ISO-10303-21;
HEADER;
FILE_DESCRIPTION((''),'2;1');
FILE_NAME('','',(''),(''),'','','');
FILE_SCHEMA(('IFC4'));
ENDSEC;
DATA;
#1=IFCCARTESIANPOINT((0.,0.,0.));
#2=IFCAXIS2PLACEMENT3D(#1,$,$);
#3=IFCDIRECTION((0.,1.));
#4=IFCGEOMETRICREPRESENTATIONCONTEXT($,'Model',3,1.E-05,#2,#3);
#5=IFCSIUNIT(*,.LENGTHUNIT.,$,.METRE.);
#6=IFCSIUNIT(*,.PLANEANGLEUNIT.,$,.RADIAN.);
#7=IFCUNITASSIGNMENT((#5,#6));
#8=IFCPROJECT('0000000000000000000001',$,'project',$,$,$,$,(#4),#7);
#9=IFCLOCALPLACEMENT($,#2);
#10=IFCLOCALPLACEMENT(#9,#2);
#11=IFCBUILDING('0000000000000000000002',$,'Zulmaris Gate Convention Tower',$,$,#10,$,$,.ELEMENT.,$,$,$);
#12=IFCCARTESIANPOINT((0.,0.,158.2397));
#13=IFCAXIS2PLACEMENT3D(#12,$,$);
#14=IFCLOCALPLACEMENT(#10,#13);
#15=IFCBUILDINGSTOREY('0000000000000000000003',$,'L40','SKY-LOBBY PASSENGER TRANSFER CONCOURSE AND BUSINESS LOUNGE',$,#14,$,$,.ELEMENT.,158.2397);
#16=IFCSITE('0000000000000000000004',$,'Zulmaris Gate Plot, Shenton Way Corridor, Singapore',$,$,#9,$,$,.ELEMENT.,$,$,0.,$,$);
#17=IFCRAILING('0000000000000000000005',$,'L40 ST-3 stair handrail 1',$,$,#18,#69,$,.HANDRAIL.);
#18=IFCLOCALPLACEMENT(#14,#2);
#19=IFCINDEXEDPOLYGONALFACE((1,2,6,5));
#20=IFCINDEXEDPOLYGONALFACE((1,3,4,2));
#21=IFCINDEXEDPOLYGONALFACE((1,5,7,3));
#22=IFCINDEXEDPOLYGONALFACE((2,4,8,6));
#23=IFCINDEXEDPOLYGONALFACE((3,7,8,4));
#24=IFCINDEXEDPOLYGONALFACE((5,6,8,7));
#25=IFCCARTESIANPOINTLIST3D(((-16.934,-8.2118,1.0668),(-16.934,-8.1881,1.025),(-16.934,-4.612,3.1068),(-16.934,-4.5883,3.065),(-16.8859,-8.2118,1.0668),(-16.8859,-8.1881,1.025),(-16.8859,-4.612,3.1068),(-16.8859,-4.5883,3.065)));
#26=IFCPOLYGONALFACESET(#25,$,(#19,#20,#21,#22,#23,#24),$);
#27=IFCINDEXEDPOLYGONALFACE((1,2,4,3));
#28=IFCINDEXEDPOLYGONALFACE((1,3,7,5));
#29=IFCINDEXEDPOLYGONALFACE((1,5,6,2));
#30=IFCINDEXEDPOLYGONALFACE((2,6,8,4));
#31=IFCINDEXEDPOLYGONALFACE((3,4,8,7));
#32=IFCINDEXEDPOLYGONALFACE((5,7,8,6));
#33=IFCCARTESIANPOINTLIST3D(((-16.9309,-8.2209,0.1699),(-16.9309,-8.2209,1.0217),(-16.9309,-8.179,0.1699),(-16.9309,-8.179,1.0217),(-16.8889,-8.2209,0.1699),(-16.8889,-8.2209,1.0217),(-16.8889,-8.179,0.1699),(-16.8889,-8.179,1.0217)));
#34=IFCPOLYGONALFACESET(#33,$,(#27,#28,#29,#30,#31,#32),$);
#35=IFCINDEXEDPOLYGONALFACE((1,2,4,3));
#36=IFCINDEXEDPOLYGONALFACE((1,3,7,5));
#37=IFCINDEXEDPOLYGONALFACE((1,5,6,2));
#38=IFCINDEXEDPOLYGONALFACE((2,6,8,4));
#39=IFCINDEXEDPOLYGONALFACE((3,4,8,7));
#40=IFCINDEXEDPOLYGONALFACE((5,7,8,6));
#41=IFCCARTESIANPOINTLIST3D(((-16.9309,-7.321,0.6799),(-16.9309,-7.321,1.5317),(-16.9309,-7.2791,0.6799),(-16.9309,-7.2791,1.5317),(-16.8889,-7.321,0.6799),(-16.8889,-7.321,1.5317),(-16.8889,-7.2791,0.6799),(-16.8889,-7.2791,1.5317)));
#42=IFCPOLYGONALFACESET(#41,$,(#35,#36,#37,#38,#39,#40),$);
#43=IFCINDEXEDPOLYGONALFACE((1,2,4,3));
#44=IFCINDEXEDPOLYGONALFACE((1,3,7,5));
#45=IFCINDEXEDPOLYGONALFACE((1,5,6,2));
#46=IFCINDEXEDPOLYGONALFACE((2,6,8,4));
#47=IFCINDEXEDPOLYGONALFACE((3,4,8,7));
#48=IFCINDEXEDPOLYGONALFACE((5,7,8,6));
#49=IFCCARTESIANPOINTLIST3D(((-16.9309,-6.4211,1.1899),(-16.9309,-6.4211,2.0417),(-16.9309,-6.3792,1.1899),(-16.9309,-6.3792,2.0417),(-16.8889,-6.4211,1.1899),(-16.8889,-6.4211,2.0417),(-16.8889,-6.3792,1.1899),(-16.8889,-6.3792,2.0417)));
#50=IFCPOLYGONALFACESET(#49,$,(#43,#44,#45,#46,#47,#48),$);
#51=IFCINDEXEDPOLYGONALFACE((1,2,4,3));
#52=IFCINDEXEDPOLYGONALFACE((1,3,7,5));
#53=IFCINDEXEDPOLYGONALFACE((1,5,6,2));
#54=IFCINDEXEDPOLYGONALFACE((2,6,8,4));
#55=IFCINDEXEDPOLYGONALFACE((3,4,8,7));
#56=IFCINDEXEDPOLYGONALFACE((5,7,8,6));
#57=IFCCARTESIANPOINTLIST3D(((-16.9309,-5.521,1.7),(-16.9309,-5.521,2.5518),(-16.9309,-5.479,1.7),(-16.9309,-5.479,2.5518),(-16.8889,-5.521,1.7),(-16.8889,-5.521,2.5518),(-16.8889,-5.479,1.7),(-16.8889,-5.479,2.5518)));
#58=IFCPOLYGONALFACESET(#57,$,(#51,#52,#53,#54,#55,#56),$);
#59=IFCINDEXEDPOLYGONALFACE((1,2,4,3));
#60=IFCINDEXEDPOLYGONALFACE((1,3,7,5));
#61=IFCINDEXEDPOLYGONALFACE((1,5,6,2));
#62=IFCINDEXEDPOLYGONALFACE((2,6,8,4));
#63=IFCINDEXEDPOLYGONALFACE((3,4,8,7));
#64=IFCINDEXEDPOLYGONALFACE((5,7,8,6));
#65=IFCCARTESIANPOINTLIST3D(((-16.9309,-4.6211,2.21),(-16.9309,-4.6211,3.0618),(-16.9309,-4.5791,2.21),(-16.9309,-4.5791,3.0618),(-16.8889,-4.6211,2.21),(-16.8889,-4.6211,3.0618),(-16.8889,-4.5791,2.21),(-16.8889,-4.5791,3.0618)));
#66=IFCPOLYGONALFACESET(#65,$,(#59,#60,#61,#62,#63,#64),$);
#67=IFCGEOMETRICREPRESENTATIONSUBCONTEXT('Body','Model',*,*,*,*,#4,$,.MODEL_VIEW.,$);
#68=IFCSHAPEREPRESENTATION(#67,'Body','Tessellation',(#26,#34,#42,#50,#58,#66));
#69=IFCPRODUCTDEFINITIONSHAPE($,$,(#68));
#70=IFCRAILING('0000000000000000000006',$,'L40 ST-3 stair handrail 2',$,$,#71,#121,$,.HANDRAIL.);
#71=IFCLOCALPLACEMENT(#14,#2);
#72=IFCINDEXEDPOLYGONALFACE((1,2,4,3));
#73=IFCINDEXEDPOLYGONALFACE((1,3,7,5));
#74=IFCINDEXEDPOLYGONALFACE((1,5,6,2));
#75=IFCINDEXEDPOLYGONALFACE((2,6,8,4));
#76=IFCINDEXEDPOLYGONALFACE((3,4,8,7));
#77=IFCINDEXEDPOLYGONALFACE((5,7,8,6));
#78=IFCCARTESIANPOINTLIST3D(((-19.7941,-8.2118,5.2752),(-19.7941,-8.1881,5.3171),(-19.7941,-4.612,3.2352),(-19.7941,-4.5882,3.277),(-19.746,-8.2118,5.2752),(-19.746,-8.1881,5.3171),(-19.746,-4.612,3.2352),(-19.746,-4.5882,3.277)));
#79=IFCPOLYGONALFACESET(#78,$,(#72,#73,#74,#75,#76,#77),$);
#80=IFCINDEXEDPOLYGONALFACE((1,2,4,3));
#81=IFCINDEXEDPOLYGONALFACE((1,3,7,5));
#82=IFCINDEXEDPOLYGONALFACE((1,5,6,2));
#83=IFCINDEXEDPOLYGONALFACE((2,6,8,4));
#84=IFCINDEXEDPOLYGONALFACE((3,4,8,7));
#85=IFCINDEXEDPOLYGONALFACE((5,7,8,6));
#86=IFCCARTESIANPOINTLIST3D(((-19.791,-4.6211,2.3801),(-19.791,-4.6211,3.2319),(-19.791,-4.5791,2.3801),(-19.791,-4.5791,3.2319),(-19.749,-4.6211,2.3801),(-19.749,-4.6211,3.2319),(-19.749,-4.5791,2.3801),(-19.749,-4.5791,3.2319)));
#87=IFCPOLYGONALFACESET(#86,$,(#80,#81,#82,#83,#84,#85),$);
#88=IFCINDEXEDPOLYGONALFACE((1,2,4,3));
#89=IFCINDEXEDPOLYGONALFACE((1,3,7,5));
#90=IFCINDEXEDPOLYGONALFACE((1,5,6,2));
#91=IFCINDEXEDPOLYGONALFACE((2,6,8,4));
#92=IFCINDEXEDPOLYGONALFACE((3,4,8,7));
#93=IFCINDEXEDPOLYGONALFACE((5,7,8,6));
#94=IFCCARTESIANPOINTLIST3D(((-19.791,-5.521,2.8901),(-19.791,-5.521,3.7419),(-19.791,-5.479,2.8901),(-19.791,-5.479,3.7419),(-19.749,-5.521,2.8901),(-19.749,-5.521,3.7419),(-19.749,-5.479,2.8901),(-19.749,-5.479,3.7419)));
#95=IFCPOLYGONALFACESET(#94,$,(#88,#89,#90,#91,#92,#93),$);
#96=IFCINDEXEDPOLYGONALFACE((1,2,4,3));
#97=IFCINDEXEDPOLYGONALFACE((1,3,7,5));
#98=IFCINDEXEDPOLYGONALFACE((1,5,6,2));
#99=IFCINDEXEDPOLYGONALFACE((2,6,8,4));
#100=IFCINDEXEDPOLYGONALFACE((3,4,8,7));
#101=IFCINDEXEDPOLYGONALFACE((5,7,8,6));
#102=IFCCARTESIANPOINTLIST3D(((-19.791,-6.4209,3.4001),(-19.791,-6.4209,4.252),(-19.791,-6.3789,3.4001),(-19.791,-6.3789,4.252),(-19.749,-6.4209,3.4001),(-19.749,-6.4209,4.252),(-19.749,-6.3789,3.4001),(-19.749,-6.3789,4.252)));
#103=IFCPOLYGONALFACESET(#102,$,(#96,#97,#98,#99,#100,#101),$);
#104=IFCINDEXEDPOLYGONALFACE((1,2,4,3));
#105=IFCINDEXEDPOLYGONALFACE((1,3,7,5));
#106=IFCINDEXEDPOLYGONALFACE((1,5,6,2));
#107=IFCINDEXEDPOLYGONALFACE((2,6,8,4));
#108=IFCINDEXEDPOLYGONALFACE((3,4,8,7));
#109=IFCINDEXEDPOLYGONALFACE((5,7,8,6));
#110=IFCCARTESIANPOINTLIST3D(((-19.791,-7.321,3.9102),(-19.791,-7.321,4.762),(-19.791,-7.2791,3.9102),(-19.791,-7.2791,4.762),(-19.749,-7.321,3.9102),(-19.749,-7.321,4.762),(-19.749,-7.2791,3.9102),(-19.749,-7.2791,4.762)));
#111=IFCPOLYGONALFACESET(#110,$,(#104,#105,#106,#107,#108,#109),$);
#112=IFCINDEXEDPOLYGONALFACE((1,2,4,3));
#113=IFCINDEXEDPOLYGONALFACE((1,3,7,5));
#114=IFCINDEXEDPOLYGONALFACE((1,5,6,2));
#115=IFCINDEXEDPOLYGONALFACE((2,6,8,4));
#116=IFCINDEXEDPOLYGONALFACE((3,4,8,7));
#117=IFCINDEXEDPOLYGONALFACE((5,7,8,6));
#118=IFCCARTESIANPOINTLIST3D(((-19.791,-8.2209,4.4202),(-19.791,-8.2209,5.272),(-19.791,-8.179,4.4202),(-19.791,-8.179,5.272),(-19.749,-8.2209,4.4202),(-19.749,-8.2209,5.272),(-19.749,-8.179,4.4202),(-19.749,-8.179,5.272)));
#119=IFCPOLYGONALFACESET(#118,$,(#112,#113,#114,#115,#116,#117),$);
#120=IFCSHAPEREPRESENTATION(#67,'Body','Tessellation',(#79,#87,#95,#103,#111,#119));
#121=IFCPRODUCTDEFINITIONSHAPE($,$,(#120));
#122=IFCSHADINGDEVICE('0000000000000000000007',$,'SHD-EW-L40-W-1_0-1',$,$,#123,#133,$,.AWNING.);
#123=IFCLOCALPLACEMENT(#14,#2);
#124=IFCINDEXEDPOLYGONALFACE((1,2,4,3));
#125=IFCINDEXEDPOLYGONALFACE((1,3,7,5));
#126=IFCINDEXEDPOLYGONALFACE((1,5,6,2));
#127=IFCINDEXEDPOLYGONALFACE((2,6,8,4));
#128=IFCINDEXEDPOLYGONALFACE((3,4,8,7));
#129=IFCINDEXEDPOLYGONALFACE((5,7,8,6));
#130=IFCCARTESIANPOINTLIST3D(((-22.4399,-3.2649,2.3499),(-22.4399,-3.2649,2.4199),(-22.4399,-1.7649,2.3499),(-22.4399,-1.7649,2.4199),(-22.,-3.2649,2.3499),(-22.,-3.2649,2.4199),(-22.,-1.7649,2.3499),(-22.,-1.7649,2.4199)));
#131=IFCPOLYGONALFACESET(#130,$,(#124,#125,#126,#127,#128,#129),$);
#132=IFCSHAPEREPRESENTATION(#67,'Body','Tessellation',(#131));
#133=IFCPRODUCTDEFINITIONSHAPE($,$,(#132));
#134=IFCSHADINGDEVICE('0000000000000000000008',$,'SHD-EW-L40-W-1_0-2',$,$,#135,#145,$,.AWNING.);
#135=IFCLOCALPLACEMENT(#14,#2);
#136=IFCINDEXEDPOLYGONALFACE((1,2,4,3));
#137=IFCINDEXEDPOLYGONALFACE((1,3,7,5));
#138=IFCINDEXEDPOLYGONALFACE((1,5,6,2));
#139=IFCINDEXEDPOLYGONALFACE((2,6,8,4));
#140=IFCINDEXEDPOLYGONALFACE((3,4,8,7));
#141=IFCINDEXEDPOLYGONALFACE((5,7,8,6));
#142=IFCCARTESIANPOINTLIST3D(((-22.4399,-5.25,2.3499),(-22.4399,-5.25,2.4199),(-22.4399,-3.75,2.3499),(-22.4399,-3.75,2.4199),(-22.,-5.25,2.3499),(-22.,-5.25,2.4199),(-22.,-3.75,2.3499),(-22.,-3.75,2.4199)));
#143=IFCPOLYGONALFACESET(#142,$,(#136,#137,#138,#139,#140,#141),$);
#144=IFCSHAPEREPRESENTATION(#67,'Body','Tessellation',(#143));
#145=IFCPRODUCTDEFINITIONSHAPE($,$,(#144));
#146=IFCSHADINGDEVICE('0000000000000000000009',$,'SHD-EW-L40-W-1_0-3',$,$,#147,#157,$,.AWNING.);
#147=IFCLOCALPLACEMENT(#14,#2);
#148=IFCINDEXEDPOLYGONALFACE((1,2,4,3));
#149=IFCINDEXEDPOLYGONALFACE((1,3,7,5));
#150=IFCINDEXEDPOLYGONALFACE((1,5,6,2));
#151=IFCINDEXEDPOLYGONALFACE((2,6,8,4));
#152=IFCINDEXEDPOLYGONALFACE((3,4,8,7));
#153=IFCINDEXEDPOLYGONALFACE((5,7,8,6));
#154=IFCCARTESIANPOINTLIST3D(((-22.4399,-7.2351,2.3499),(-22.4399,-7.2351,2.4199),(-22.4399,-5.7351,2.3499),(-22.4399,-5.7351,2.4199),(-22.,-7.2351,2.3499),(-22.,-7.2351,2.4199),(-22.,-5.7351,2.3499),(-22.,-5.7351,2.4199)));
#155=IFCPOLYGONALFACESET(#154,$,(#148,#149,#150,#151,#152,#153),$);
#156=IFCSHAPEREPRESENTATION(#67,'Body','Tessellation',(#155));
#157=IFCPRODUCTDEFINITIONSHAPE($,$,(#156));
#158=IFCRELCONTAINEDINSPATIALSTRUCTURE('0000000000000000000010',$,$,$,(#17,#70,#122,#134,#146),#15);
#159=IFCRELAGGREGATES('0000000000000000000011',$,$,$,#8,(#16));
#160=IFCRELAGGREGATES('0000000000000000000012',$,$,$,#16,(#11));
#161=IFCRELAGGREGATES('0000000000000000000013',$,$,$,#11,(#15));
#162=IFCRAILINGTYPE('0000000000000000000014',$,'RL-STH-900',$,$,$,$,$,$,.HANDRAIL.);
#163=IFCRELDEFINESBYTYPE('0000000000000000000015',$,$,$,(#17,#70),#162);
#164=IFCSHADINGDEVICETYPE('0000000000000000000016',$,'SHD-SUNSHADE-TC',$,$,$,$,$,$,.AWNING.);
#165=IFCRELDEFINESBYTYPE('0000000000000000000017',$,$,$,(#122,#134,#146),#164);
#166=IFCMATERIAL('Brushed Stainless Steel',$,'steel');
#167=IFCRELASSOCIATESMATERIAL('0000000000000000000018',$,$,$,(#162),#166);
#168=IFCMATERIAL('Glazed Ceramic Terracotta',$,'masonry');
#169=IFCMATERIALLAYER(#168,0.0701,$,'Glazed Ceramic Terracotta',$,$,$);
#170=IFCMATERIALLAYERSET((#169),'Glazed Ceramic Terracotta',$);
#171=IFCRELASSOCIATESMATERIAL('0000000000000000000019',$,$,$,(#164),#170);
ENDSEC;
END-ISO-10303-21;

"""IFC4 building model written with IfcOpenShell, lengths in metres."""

from ifc_helpers import new_model, si_unit, direction, frame, frame_2d, origin, origin_2d, place, context, subcontext, project, spatial, rectangle, extrude, material, layer, layer_set, type_object, element, save


model = new_model("IFC4")

# Units and contexts
model_context = context("Model", 3, precision=1e-05, world=origin(), true_north=direction((0.0, 1.0)))
body_context = subcontext(model_context, "Body", "Model", "MODEL_VIEW")
ifc_project = project(units=[si_unit("LENGTHUNIT", "METRE"), si_unit("PLANEANGLEUNIT", "RADIAN")], contexts=[model_context])

# Site, building, storey
site_placement = place(None, origin())
site = spatial("IfcSite", under=ifc_project, at=site_placement, Name="Zulmaris Gate Plot, Shenton Way Corridor, Singapore", CompositionType="ELEMENT", RefElevation=0.0)
building_placement = place(site_placement, origin())
building = spatial("IfcBuilding", under=site, at=building_placement, Name="Zulmaris Gate Convention Tower", CompositionType="ELEMENT")
storey_placement = place(building_placement, frame((0.0, 0.0, 158.2397)))
storey = spatial("IfcBuildingStorey", under=building, at=storey_placement, Name="L40", Description="SKY-LOBBY PASSENGER TRANSFER CONCOURSE AND BUSINESS LOUNGE", CompositionType="ELEMENT", Elevation=158.2397)

# Shared definitions
ifc_material_1 = material(Name="Brushed Stainless Steel", Category="steel")

# Railings
railing_type_1 = type_object("IfcRailingType", Name="RL-STH-900", PredefinedType="HANDRAIL", material=ifc_material_1)
railing_1_placement = place(storey_placement, frame((-16.9099, -8.2, 0.1699)))
element("IfcRailing", 1, at=railing_1_placement, inside=storey, type_object=railing_type_1, Name="L40 ST-3 stair handrail 1", PredefinedType="HANDRAIL", context=body_context, shape_type="SweptSolid", body=[
    extrude(rectangle(XDim=0.0481, YDim=0.0481, at=origin_2d()), frame((0.0, 0.0, 0.876), z_axis=(0.0, 0.87001, 0.493035), x_axis=(-1.0, 0.0, 0.0)), (0.0, 0.0, 1.0), 4.1377),
    extrude(rectangle(XDim=0.042, YDim=0.042, at=origin_2d()), origin(), (0.0, 0.0, 1.0), 0.8518),
    extrude(rectangle(XDim=0.042, YDim=0.042, at=origin_2d()), frame((0.0, 0.8999, 0.51)), (0.0, 0.0, 1.0), 0.8518),
    extrude(rectangle(XDim=0.042, YDim=0.042, at=origin_2d()), frame((0.0, 1.7998, 1.02)), (0.0, 0.0, 1.0), 0.8518),
    extrude(rectangle(XDim=0.042, YDim=0.042, at=origin_2d()), frame((0.0, 2.7, 1.53)), (0.0, 0.0, 1.0), 0.8518),
    extrude(rectangle(XDim=0.042, YDim=0.042, at=origin_2d()), frame((0.0, 3.5999, 2.04)), (0.0, 0.0, 1.0), 0.8518),
])
railing_2_placement = place(storey_placement, frame((-19.77, -4.6001, 2.3801)))
element("IfcRailing", 2, at=railing_2_placement, inside=storey, type_object=railing_type_1, Name="L40 ST-3 stair handrail 2", PredefinedType="HANDRAIL", context=body_context, shape_type="SweptSolid", body=[
    extrude(rectangle(XDim=0.0481, YDim=0.0481, at=origin_2d()), frame((0.0, 0.0, 0.876), z_axis=(0.0, -0.87001, 0.493035), x_axis=(1.0, 0.0, 0.0)), (0.0, 0.0, 1.0), 4.1377),
    extrude(rectangle(XDim=0.042, YDim=0.042, at=origin_2d()), origin(), (0.0, 0.0, 1.0), 0.8518),
    extrude(rectangle(XDim=0.042, YDim=0.042, at=origin_2d()), frame((0.0, -0.8999, 0.51)), (0.0, 0.0, 1.0), 0.8518),
    extrude(rectangle(XDim=0.042, YDim=0.042, at=origin_2d()), frame((0.0, -1.7998, 1.02)), (0.0, 0.0, 1.0), 0.8518),
    extrude(rectangle(XDim=0.042, YDim=0.042, at=origin_2d()), frame((0.0, -2.7, 1.53)), (0.0, 0.0, 1.0), 0.8518),
    extrude(rectangle(XDim=0.042, YDim=0.042, at=origin_2d()), frame((0.0, -3.5999, 2.04)), (0.0, 0.0, 1.0), 0.8518),
])

# Shading devices
ifc_material_2 = material(Name="Glazed Ceramic Terracotta", Category="masonry")
ifc_layer_1 = layer(ifc_material_2, 0.0701, Name="Glazed Ceramic Terracotta")
ifc_layer_set_1 = layer_set([ifc_layer_1], Name="Glazed Ceramic Terracotta")
shading_device_type = type_object("IfcShadingDeviceType", Name="SHD-SUNSHADE-TC", PredefinedType="AWNING", material=ifc_layer_set_1)
for number, where, z_axis, x_axis, name in (
    (3, (-22.22, -1.7649, 2.3499), (0.0, 0.0, 1.0), (0.0, -1.0, 0.0), "SHD-EW-L40-W-1_0-1"),
    (4, (-22.22, -3.75, 2.3499), (0.0, 0.0, 1.0), (0.0, -1.0, 0.0), "SHD-EW-L40-W-1_0-2"),
    (5, (-22.22, -5.7351, 2.3499), (0.0, 0.0, 1.0), (0.0, -1.0, 0.0), "SHD-EW-L40-W-1_0-3"),
):
    element("IfcShadingDevice", number, at=place(storey_placement, frame(where, z_axis=z_axis, x_axis=x_axis)), inside=storey, type_object=shading_device_type, Name=name, PredefinedType="AWNING", context=body_context, shape_type="SweptSolid", body=[
        extrude(rectangle(XDim=1.5, YDim=0.4399, at=frame_2d((0.75, 0.0))), origin(), (0.0, 0.0, 1.0), 0.0701),
    ])

save(model, "model.ifc")
